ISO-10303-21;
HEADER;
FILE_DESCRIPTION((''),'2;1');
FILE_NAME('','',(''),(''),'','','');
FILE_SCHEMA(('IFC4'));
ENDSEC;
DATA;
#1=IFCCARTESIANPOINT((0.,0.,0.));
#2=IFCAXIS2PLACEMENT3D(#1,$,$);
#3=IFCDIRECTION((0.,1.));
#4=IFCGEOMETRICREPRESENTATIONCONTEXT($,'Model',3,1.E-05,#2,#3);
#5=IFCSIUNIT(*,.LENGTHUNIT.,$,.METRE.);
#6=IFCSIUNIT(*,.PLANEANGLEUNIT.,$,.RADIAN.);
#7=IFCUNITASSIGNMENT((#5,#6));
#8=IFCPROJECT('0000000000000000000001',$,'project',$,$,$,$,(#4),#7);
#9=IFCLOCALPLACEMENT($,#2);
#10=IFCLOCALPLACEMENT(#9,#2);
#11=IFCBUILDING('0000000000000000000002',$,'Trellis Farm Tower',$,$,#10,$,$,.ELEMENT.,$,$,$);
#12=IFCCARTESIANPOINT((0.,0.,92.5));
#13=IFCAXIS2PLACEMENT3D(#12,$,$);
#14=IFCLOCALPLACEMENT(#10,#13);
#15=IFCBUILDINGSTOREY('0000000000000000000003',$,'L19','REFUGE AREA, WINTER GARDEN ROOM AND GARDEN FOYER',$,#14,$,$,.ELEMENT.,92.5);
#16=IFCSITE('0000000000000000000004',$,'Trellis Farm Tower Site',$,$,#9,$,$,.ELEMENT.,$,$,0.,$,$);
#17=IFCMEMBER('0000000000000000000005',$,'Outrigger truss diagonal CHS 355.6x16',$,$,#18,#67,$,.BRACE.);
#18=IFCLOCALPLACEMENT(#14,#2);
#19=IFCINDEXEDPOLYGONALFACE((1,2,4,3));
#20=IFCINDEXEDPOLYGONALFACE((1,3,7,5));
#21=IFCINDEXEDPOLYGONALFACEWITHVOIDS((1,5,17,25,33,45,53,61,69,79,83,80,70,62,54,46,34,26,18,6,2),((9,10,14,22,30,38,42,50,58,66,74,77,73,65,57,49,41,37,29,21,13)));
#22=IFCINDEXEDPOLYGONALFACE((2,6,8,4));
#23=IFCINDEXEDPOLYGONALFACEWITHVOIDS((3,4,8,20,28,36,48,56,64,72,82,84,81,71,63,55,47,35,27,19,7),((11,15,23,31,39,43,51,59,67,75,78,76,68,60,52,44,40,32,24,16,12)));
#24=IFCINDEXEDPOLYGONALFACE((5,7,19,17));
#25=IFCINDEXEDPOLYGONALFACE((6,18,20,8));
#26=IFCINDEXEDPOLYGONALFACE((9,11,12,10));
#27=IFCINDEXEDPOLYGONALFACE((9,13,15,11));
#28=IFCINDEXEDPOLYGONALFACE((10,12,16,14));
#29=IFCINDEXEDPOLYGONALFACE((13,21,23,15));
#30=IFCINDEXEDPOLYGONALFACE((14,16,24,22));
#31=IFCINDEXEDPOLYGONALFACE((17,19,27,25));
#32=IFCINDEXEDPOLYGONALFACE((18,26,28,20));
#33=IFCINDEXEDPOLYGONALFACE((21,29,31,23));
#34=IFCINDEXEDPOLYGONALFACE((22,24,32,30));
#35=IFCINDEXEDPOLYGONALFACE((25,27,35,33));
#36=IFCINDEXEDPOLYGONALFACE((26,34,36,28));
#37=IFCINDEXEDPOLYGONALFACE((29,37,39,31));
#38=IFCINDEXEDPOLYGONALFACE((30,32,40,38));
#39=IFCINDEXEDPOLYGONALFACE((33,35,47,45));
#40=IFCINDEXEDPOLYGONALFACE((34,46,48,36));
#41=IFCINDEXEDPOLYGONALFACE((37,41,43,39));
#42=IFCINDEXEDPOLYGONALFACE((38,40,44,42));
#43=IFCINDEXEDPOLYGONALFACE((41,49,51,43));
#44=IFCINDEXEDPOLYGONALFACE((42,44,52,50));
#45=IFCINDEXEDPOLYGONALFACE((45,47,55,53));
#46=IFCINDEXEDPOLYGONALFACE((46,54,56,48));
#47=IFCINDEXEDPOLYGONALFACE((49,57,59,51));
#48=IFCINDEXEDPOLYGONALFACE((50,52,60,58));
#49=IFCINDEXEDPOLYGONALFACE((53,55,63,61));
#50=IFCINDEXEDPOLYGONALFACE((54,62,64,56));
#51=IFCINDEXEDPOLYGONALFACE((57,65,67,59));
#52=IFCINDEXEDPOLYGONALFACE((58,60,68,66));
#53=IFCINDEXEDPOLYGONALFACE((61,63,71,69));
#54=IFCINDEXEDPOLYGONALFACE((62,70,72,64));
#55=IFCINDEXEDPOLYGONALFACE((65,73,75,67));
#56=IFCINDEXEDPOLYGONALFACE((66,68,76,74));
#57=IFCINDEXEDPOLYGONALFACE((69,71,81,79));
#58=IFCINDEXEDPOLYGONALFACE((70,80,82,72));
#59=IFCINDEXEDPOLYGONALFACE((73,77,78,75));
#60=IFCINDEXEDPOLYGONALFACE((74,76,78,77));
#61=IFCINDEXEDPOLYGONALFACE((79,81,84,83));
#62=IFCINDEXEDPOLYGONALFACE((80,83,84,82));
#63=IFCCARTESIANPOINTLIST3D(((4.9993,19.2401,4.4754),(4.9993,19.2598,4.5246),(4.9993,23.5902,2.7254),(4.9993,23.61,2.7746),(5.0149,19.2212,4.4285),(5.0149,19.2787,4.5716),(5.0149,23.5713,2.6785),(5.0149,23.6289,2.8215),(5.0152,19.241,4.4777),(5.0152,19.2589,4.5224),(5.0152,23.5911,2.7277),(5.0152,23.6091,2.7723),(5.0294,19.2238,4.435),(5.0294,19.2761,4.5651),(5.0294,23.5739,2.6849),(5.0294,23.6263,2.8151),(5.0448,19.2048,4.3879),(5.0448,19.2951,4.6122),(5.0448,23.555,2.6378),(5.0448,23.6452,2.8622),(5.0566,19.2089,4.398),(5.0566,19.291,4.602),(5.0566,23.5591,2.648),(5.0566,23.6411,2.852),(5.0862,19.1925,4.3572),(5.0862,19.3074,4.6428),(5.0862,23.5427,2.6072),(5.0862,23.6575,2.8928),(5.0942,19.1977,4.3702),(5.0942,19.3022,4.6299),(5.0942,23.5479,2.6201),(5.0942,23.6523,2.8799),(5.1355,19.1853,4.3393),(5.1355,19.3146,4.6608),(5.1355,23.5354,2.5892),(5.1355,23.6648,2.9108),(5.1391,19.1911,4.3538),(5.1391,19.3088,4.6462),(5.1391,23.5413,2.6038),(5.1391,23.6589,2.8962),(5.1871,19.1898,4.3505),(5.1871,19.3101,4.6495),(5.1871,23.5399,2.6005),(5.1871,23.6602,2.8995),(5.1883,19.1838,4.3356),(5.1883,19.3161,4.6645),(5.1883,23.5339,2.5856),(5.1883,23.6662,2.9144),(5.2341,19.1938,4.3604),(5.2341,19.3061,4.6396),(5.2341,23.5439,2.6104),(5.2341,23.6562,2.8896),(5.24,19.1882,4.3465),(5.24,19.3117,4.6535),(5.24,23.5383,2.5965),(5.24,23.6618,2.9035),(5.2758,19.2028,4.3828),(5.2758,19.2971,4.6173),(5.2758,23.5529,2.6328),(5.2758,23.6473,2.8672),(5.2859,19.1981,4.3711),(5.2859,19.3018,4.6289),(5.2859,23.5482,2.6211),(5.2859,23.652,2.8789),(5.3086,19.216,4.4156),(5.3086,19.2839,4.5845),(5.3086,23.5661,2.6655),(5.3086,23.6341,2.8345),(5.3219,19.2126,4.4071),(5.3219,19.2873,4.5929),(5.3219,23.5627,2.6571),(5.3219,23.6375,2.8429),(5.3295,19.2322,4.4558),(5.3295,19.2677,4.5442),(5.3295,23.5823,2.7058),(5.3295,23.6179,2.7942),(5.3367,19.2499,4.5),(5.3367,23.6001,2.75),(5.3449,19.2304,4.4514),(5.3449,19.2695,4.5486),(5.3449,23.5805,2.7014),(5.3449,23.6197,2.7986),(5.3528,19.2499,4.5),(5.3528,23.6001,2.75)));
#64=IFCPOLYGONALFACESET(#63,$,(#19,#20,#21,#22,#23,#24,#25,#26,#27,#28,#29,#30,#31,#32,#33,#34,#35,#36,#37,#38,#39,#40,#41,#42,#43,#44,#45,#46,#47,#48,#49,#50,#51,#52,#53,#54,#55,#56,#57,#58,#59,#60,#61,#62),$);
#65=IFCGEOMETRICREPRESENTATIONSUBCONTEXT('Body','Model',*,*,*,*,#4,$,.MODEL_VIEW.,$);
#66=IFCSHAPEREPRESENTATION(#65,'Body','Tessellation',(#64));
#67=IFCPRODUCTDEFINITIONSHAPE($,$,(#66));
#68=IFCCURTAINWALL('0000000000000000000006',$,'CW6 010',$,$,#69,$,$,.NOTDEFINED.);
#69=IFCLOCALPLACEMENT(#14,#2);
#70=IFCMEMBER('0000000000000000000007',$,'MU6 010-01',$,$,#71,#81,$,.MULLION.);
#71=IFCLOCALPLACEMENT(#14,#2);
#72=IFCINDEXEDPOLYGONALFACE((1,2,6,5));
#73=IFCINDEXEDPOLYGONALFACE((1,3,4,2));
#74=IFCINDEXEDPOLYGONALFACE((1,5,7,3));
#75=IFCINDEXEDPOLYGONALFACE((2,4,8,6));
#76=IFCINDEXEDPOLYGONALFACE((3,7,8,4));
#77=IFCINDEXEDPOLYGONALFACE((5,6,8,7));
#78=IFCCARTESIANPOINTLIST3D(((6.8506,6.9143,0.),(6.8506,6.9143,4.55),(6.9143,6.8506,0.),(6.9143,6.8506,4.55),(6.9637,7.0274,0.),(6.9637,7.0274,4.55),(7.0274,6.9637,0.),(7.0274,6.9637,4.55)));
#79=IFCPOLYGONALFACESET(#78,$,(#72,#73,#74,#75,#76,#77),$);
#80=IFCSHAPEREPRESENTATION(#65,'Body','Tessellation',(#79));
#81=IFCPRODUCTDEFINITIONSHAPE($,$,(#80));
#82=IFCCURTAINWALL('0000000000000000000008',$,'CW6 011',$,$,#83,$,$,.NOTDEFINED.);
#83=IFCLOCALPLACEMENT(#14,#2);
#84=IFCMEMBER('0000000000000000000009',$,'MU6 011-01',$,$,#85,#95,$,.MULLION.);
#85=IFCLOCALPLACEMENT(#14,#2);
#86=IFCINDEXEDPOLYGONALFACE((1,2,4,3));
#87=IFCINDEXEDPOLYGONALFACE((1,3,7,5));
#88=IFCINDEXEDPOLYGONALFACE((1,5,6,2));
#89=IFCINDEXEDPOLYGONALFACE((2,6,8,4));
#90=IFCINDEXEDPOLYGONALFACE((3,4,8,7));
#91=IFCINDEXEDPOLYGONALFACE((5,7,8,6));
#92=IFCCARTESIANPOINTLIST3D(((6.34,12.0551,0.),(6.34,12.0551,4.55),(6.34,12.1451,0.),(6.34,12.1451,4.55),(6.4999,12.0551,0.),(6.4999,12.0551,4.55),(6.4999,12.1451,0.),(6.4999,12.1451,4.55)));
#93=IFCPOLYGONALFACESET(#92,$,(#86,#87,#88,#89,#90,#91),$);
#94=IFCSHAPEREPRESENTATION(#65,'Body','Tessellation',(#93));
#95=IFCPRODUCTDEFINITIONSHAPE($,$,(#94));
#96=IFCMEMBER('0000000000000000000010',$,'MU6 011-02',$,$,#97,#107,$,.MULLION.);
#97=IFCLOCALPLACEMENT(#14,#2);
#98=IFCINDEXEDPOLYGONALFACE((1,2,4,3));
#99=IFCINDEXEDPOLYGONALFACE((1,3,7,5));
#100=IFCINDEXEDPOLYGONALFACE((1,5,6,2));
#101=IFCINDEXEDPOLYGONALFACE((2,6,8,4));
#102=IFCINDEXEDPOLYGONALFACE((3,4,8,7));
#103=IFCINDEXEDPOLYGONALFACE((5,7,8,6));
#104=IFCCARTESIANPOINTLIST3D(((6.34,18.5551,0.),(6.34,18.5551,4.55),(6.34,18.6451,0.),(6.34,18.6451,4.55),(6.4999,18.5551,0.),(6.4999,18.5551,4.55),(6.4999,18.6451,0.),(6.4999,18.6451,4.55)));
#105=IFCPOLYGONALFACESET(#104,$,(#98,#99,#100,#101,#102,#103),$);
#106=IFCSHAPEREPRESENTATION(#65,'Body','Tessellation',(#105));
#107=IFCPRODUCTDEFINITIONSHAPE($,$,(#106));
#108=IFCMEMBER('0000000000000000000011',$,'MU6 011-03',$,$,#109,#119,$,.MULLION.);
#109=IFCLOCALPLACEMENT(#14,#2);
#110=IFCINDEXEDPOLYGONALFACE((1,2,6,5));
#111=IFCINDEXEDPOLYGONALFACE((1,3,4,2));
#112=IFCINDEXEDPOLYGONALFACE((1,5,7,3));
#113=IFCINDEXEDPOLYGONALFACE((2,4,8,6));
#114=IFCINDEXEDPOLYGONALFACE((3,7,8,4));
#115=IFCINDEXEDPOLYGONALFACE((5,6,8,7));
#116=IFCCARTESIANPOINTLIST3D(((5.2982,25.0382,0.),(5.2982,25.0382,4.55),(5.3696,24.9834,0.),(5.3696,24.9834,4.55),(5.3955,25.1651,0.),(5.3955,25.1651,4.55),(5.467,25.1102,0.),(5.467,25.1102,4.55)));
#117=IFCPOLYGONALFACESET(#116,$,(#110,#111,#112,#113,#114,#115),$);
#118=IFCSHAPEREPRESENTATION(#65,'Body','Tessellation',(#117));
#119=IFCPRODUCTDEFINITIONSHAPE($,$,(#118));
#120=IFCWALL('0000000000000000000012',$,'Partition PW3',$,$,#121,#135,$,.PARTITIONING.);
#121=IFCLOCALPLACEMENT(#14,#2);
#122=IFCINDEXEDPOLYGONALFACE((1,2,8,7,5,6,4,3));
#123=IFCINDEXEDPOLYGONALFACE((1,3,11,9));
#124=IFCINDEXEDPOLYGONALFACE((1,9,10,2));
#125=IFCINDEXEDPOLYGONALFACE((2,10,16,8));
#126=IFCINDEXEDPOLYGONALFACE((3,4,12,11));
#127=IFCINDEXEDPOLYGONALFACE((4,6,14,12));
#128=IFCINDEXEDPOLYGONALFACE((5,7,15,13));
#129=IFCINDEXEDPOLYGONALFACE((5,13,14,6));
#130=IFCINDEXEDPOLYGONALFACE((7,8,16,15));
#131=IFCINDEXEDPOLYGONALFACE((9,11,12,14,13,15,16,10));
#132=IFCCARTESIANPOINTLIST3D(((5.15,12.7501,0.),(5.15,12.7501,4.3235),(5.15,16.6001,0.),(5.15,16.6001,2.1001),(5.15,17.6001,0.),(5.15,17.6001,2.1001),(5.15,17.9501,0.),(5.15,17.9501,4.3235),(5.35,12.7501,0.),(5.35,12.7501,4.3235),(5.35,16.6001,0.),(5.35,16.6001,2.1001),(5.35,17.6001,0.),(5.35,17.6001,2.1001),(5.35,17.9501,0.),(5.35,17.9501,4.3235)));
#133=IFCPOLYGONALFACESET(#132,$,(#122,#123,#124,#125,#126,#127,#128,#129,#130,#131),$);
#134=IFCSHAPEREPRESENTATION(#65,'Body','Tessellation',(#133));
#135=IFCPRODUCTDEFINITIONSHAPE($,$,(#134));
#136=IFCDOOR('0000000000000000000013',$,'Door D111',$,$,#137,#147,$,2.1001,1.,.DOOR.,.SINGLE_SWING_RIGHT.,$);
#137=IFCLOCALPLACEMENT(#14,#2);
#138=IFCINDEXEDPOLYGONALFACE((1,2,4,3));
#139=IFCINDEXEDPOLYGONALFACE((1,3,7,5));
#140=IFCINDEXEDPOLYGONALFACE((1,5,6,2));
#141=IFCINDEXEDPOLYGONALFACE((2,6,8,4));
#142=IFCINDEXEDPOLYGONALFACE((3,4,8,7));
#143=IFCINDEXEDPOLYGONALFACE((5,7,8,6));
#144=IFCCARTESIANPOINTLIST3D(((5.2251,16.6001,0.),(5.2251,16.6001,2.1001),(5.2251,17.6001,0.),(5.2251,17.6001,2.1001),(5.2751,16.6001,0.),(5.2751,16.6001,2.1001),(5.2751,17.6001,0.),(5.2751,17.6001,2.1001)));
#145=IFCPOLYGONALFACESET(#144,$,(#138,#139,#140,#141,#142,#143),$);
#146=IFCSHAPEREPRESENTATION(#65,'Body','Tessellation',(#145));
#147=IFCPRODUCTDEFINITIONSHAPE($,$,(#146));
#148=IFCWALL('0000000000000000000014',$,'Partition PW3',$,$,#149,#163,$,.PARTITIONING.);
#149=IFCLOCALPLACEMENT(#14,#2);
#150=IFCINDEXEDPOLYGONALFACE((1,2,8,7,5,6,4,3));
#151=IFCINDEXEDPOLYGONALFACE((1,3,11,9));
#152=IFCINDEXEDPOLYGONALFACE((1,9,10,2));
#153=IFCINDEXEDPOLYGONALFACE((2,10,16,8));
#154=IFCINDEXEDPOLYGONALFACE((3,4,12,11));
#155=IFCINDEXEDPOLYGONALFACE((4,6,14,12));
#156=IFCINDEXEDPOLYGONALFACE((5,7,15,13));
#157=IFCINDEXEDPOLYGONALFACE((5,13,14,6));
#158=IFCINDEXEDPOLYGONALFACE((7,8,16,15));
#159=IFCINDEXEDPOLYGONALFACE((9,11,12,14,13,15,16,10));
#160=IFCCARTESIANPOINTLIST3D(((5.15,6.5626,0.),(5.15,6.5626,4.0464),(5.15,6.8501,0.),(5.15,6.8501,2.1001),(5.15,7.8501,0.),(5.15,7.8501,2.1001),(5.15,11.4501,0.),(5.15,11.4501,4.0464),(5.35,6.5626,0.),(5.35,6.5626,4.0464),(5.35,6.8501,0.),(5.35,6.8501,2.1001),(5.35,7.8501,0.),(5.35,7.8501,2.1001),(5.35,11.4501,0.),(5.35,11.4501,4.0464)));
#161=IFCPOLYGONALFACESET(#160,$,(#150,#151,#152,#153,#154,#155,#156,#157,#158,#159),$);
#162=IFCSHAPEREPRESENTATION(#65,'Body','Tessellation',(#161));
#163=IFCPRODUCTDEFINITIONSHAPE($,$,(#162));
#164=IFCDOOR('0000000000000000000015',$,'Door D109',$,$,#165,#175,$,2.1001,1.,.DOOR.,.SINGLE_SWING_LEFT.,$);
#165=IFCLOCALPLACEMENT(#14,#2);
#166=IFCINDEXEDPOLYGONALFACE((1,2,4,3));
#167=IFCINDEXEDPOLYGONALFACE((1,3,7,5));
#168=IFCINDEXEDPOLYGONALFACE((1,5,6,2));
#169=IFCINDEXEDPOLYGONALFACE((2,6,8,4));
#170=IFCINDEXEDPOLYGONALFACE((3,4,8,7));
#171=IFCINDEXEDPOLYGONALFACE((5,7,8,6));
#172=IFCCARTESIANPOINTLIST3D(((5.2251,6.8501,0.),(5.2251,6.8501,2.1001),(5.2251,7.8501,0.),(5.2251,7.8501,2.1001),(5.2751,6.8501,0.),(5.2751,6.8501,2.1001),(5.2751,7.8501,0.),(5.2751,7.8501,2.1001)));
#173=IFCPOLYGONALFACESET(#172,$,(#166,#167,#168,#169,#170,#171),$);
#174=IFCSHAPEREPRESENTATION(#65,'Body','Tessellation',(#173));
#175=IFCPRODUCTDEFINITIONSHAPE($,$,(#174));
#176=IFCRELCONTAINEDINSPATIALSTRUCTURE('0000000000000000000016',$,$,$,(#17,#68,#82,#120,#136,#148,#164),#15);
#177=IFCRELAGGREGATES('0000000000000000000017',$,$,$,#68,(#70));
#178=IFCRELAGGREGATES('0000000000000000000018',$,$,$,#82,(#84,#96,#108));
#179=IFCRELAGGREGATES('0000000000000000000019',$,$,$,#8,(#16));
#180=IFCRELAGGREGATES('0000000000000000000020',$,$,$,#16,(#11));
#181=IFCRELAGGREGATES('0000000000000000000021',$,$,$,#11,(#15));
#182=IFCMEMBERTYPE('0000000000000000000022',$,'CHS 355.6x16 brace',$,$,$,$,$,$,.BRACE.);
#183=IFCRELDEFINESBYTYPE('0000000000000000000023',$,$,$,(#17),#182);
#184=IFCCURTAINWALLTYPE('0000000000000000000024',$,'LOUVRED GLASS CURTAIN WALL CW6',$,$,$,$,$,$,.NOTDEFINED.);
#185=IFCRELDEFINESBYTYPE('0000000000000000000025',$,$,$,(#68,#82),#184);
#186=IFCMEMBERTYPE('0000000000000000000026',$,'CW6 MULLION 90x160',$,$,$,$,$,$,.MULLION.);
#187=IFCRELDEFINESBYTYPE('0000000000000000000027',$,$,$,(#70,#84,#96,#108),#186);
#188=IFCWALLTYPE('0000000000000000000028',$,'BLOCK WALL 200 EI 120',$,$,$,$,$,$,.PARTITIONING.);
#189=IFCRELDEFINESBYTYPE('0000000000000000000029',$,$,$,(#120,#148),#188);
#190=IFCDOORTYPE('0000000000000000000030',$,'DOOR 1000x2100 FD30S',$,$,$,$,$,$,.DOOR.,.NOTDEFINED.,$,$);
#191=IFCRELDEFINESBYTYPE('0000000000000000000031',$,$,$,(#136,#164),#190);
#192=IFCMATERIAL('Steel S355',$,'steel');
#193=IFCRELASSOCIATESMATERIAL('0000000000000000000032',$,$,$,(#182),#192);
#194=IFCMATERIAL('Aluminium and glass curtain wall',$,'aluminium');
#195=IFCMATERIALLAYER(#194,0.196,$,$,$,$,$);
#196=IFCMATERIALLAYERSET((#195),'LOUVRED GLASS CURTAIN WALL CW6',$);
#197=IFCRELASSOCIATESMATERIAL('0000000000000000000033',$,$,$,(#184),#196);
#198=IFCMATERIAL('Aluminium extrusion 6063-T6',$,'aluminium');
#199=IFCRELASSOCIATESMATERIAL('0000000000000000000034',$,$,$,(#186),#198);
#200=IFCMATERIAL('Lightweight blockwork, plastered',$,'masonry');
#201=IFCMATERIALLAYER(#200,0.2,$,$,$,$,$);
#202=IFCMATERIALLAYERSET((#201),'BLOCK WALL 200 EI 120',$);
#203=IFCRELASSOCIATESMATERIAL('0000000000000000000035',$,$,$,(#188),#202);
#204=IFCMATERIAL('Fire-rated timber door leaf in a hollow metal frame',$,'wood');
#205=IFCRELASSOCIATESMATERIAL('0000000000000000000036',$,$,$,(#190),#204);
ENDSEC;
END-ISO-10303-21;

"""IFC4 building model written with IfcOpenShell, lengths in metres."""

from ifc_helpers import new_model, si_unit, direction, frame, frame_2d, origin, origin_2d, place, context, subcontext, project, spatial, rectangle, hollow_circle, extrude, source, transform, mapped, material, layer, layer_set, material_profile, profile_set, type_object, element, fill, aggregate, save


model = new_model("IFC4")

# Units and contexts
model_context = context("Model", 3, precision=1e-05, world=origin(), true_north=direction((0.0, 1.0)))
body_context = subcontext(model_context, "Body", "Model", "MODEL_VIEW")
ifc_project = project(units=[si_unit("LENGTHUNIT", "METRE"), si_unit("PLANEANGLEUNIT", "RADIAN")], contexts=[model_context])

# Site, building, storey
site_placement = place(None, origin())
site = spatial("IfcSite", under=ifc_project, at=site_placement, Name="Trellis Farm Tower Site", CompositionType="ELEMENT", RefElevation=0.0)
building_placement = place(site_placement, origin())
building = spatial("IfcBuilding", under=site, at=building_placement, Name="Trellis Farm Tower", CompositionType="ELEMENT")
storey_placement = place(building_placement, frame((0.0, 0.0, 92.5)))
storey = spatial("IfcBuildingStorey", under=building, at=storey_placement, Name="L19", Description="REFUGE AREA, WINTER GARDEN ROOM AND GARDEN FOYER", CompositionType="ELEMENT", Elevation=92.5)

# Shared definitions
ifc_material_1 = material(Name="Steel S355", Category="steel")

# Member
ifc_material_profile_1 = material_profile(ifc_material_1, hollow_circle(Radius=0.1777, WallThickness=0.0161, at=origin_2d()), Name="CHS 355.6x16")
ifc_profile_set_1 = profile_set([ifc_material_profile_1], Name="Steel S355")
member_type_1 = type_object("IfcMemberType", Name="CHS 355.6x16 brace", PredefinedType="BRACE", material=ifc_profile_set_1)
shared_shape_1 = source(origin(), body_context, "Body", "SweptSolid", [
    extrude(hollow_circle(Radius=0.1777, WallThickness=0.0161, at=origin_2d()), origin(), (0.0, 0.0, 1.0), 4.689),
])
member_1_placement = place(storey_placement, frame((5.175, 23.6001, 2.75), z_axis=(0.0, -0.927742, 0.373221), x_axis=(1.0, 0.0, 0.0)))
element("IfcMember", 1, at=member_1_placement, inside=storey, type_object=member_type_1, Name="Outrigger truss diagonal CHS 355.6x16", PredefinedType="BRACE", context=body_context, shape_type="MappedRepresentation", body=[
    mapped(shared_shape_1, transform((0.0, 0.0, 0.0))),
])

# Curtain wall, member
ifc_material_2 = material(Name="Aluminium and glass curtain wall", Category="aluminium")
ifc_layer_1 = layer(ifc_material_2, 0.196)
ifc_layer_set_1 = layer_set([ifc_layer_1], Name="LOUVRED GLASS CURTAIN WALL CW6")
curtain_wall_type = type_object("IfcCurtainWallType", Name="LOUVRED GLASS CURTAIN WALL CW6", PredefinedType="NOTDEFINED", material=ifc_layer_set_1)
placement = place(storey_placement, origin())
curtain_wall_1 = element("IfcCurtainWall", 2, at=placement, inside=storey, type_object=curtain_wall_type, Name="CW6 010", PredefinedType="NOTDEFINED")
ifc_material_3 = material(Name="Aluminium extrusion 6063-T6", Category="aluminium")
ifc_material_profile_2 = material_profile(ifc_material_3, rectangle(XDim=0.0901, YDim=0.1599, at=origin_2d()), Name="MULLION 90x160")
ifc_profile_set_2 = profile_set([ifc_material_profile_2], Name="Aluminium extrusion 6063-T6")
member_type_2 = type_object("IfcMemberType", Name="CW6 MULLION 90x160", PredefinedType="MULLION", material=ifc_profile_set_2)
shared_shape_2 = source(origin(), body_context, "Body", "SweptSolid", [
    extrude(rectangle(XDim=0.0901, YDim=0.1599, at=origin_2d()), origin(), (0.0, 0.0, 1.0), 4.55),
])
member_2_placement = place(storey_placement, frame((6.939, 6.939, 0.0), z_axis=(0.0, 0.0, 1.0), x_axis=(-0.707107, 0.707107, 0.0)))
member_2 = element("IfcMember", 3, at=member_2_placement, type_object=member_type_2, Name="MU6 010-01", PredefinedType="MULLION", context=body_context, shape_type="MappedRepresentation", body=[
    mapped(shared_shape_2, transform((0.0, 0.0, 0.0))),
])
aggregate(curtain_wall_1, [member_2])

# Curtain wall, members
curtain_wall_2 = element("IfcCurtainWall", 4, at=placement, inside=storey, type_object=curtain_wall_type, Name="CW6 011", PredefinedType="NOTDEFINED")
member_3_placement = place(storey_placement, frame((6.4199, 12.1001, 0.0), z_axis=(0.0, 0.0, 1.0), x_axis=(0.0, 1.0, 0.0)))
member_3 = element("IfcMember", 5, at=member_3_placement, type_object=member_type_2, Name="MU6 011-01", PredefinedType="MULLION", context=body_context, shape_type="MappedRepresentation", body=[
    mapped(shared_shape_2, transform((0.0, 0.0, 0.0))),
])
member_4_placement = place(storey_placement, frame((6.4199, 18.6001, 0.0), z_axis=(0.0, 0.0, 1.0), x_axis=(0.0, 1.0, 0.0)))
member_4 = element("IfcMember", 6, at=member_4_placement, type_object=member_type_2, Name="MU6 011-02", PredefinedType="MULLION", context=body_context, shape_type="MappedRepresentation", body=[
    mapped(shared_shape_2, transform((0.0, 0.0, 0.0))),
])
member_5_placement = place(storey_placement, frame((5.3826, 25.0742, 0.0), z_axis=(0.0, 0.0, 1.0), x_axis=(-0.793353, 0.608761, 0.0)))
member_5 = element("IfcMember", 7, at=member_5_placement, type_object=member_type_2, Name="MU6 011-03", PredefinedType="MULLION", context=body_context, shape_type="MappedRepresentation", body=[
    mapped(shared_shape_2, transform((0.0, 0.0, 0.0))),
])
aggregate(curtain_wall_2, [member_3, member_4, member_5])

# Walls, openings, doors
ifc_material_4 = material(Name="Lightweight blockwork, plastered", Category="masonry")
ifc_layer_2 = layer(ifc_material_4, 0.2)
ifc_layer_set_2 = layer_set([ifc_layer_2], Name="BLOCK WALL 200 EI 120")
wall_type_1 = type_object("IfcWallType", Name="BLOCK WALL 200 EI 120", PredefinedType="PARTITIONING", material=ifc_layer_set_2)
shared_shape_3 = source(origin(), body_context, "Body", "SweptSolid", [
    extrude(rectangle(XDim=5.2, YDim=0.2, at=frame_2d((2.6001, 0.0))), origin(), (0.0, 0.0, 1.0), 4.3235),
])
wall_1_placement = place(storey_placement, frame((5.25, 12.75, 0.0), z_axis=(0.0, 0.0, 1.0), x_axis=(0.0, 1.0, 0.0)))
wall_1 = element("IfcWall", 8, at=wall_1_placement, inside=storey, type_object=wall_type_1, Name="Partition PW3", PredefinedType="PARTITIONING", context=body_context, shape_type="MappedRepresentation", body=[
    mapped(shared_shape_3, transform((0.0, 0.0, 0.0))),
])
shared_shape_4 = source(origin(), body_context, "Body", "SweptSolid", [
    extrude(rectangle(XDim=1.0, YDim=2.1001, at=frame_2d((0.5, 1.05))), frame((0.0, 0.1101, 0.0), z_axis=(0.0, -1.0, 0.0), x_axis=(1.0, 0.0, 0.0)), (0.0, 0.0, 1.0), 0.2202),
])
opening_1_placement = place(wall_1_placement, frame((3.8501, 0.0, 0.0)))
opening_1 = element("IfcOpeningElement", 9, at=opening_1_placement, cuts=wall_1, PredefinedType="OPENING", context=body_context, shape_type="MappedRepresentation", body=[
    mapped(shared_shape_4, transform((0.0, 0.0, 0.0))),
])
ifc_material_5 = material(Name="Fire-rated timber door leaf in a hollow metal frame", Category="wood")
door_type = type_object("IfcDoorType", Name="DOOR 1000x2100 FD30S", OperationType="NOTDEFINED", PredefinedType="DOOR", material=ifc_material_5)
shared_shape_5 = source(origin(), body_context, "Body", "SweptSolid", [
    extrude(rectangle(XDim=1.0, YDim=2.1001, at=frame_2d((0.5, 1.05))), frame((0.0, 0.0249, 0.0), z_axis=(0.0, -1.0, 0.0), x_axis=(1.0, 0.0, 0.0)), (0.0, 0.0, 1.0), 0.05),
])
door_1_placement = place(opening_1_placement, origin())
door_1 = element("IfcDoor", 10, at=door_1_placement, inside=storey, type_object=door_type, Name="Door D111", OperationType="SINGLE_SWING_RIGHT", OverallHeight=2.1001, OverallWidth=1.0, PredefinedType="DOOR", context=body_context, shape_type="MappedRepresentation", body=[
    mapped(shared_shape_5, transform((0.0, 0.0, 0.0))),
])
fill(opening_1, door_1)
shared_shape_6 = source(origin(), body_context, "Body", "SweptSolid", [
    extrude(rectangle(XDim=4.8875, YDim=0.2, at=frame_2d((2.4438, 0.0))), origin(), (0.0, 0.0, 1.0), 4.0464),
])
wall_2_placement = place(storey_placement, frame((5.25, 6.5625, 0.0), z_axis=(0.0, 0.0, 1.0), x_axis=(0.0, 1.0, 0.0)))
wall_2 = element("IfcWall", 11, at=wall_2_placement, inside=storey, type_object=wall_type_1, Name="Partition PW3", PredefinedType="PARTITIONING", context=body_context, shape_type="MappedRepresentation", body=[
    mapped(shared_shape_6, transform((0.0, 0.0, 0.0))),
])
opening_2_placement = place(wall_2_placement, frame((0.2876, 0.0, 0.0)))
opening_2 = element("IfcOpeningElement", 12, at=opening_2_placement, cuts=wall_2, PredefinedType="OPENING", context=body_context, shape_type="MappedRepresentation", body=[
    mapped(shared_shape_4, transform((0.0, 0.0, 0.0))),
])
door_2_placement = place(opening_2_placement, origin())
door_2 = element("IfcDoor", 13, at=door_2_placement, inside=storey, type_object=door_type, Name="Door D109", OperationType="SINGLE_SWING_LEFT", OverallHeight=2.1001, OverallWidth=1.0, PredefinedType="DOOR", context=body_context, shape_type="MappedRepresentation", body=[
    mapped(shared_shape_5, transform((0.0, 0.0, 0.0))),
])
fill(opening_2, door_2)

save(model, "model.ifc")
